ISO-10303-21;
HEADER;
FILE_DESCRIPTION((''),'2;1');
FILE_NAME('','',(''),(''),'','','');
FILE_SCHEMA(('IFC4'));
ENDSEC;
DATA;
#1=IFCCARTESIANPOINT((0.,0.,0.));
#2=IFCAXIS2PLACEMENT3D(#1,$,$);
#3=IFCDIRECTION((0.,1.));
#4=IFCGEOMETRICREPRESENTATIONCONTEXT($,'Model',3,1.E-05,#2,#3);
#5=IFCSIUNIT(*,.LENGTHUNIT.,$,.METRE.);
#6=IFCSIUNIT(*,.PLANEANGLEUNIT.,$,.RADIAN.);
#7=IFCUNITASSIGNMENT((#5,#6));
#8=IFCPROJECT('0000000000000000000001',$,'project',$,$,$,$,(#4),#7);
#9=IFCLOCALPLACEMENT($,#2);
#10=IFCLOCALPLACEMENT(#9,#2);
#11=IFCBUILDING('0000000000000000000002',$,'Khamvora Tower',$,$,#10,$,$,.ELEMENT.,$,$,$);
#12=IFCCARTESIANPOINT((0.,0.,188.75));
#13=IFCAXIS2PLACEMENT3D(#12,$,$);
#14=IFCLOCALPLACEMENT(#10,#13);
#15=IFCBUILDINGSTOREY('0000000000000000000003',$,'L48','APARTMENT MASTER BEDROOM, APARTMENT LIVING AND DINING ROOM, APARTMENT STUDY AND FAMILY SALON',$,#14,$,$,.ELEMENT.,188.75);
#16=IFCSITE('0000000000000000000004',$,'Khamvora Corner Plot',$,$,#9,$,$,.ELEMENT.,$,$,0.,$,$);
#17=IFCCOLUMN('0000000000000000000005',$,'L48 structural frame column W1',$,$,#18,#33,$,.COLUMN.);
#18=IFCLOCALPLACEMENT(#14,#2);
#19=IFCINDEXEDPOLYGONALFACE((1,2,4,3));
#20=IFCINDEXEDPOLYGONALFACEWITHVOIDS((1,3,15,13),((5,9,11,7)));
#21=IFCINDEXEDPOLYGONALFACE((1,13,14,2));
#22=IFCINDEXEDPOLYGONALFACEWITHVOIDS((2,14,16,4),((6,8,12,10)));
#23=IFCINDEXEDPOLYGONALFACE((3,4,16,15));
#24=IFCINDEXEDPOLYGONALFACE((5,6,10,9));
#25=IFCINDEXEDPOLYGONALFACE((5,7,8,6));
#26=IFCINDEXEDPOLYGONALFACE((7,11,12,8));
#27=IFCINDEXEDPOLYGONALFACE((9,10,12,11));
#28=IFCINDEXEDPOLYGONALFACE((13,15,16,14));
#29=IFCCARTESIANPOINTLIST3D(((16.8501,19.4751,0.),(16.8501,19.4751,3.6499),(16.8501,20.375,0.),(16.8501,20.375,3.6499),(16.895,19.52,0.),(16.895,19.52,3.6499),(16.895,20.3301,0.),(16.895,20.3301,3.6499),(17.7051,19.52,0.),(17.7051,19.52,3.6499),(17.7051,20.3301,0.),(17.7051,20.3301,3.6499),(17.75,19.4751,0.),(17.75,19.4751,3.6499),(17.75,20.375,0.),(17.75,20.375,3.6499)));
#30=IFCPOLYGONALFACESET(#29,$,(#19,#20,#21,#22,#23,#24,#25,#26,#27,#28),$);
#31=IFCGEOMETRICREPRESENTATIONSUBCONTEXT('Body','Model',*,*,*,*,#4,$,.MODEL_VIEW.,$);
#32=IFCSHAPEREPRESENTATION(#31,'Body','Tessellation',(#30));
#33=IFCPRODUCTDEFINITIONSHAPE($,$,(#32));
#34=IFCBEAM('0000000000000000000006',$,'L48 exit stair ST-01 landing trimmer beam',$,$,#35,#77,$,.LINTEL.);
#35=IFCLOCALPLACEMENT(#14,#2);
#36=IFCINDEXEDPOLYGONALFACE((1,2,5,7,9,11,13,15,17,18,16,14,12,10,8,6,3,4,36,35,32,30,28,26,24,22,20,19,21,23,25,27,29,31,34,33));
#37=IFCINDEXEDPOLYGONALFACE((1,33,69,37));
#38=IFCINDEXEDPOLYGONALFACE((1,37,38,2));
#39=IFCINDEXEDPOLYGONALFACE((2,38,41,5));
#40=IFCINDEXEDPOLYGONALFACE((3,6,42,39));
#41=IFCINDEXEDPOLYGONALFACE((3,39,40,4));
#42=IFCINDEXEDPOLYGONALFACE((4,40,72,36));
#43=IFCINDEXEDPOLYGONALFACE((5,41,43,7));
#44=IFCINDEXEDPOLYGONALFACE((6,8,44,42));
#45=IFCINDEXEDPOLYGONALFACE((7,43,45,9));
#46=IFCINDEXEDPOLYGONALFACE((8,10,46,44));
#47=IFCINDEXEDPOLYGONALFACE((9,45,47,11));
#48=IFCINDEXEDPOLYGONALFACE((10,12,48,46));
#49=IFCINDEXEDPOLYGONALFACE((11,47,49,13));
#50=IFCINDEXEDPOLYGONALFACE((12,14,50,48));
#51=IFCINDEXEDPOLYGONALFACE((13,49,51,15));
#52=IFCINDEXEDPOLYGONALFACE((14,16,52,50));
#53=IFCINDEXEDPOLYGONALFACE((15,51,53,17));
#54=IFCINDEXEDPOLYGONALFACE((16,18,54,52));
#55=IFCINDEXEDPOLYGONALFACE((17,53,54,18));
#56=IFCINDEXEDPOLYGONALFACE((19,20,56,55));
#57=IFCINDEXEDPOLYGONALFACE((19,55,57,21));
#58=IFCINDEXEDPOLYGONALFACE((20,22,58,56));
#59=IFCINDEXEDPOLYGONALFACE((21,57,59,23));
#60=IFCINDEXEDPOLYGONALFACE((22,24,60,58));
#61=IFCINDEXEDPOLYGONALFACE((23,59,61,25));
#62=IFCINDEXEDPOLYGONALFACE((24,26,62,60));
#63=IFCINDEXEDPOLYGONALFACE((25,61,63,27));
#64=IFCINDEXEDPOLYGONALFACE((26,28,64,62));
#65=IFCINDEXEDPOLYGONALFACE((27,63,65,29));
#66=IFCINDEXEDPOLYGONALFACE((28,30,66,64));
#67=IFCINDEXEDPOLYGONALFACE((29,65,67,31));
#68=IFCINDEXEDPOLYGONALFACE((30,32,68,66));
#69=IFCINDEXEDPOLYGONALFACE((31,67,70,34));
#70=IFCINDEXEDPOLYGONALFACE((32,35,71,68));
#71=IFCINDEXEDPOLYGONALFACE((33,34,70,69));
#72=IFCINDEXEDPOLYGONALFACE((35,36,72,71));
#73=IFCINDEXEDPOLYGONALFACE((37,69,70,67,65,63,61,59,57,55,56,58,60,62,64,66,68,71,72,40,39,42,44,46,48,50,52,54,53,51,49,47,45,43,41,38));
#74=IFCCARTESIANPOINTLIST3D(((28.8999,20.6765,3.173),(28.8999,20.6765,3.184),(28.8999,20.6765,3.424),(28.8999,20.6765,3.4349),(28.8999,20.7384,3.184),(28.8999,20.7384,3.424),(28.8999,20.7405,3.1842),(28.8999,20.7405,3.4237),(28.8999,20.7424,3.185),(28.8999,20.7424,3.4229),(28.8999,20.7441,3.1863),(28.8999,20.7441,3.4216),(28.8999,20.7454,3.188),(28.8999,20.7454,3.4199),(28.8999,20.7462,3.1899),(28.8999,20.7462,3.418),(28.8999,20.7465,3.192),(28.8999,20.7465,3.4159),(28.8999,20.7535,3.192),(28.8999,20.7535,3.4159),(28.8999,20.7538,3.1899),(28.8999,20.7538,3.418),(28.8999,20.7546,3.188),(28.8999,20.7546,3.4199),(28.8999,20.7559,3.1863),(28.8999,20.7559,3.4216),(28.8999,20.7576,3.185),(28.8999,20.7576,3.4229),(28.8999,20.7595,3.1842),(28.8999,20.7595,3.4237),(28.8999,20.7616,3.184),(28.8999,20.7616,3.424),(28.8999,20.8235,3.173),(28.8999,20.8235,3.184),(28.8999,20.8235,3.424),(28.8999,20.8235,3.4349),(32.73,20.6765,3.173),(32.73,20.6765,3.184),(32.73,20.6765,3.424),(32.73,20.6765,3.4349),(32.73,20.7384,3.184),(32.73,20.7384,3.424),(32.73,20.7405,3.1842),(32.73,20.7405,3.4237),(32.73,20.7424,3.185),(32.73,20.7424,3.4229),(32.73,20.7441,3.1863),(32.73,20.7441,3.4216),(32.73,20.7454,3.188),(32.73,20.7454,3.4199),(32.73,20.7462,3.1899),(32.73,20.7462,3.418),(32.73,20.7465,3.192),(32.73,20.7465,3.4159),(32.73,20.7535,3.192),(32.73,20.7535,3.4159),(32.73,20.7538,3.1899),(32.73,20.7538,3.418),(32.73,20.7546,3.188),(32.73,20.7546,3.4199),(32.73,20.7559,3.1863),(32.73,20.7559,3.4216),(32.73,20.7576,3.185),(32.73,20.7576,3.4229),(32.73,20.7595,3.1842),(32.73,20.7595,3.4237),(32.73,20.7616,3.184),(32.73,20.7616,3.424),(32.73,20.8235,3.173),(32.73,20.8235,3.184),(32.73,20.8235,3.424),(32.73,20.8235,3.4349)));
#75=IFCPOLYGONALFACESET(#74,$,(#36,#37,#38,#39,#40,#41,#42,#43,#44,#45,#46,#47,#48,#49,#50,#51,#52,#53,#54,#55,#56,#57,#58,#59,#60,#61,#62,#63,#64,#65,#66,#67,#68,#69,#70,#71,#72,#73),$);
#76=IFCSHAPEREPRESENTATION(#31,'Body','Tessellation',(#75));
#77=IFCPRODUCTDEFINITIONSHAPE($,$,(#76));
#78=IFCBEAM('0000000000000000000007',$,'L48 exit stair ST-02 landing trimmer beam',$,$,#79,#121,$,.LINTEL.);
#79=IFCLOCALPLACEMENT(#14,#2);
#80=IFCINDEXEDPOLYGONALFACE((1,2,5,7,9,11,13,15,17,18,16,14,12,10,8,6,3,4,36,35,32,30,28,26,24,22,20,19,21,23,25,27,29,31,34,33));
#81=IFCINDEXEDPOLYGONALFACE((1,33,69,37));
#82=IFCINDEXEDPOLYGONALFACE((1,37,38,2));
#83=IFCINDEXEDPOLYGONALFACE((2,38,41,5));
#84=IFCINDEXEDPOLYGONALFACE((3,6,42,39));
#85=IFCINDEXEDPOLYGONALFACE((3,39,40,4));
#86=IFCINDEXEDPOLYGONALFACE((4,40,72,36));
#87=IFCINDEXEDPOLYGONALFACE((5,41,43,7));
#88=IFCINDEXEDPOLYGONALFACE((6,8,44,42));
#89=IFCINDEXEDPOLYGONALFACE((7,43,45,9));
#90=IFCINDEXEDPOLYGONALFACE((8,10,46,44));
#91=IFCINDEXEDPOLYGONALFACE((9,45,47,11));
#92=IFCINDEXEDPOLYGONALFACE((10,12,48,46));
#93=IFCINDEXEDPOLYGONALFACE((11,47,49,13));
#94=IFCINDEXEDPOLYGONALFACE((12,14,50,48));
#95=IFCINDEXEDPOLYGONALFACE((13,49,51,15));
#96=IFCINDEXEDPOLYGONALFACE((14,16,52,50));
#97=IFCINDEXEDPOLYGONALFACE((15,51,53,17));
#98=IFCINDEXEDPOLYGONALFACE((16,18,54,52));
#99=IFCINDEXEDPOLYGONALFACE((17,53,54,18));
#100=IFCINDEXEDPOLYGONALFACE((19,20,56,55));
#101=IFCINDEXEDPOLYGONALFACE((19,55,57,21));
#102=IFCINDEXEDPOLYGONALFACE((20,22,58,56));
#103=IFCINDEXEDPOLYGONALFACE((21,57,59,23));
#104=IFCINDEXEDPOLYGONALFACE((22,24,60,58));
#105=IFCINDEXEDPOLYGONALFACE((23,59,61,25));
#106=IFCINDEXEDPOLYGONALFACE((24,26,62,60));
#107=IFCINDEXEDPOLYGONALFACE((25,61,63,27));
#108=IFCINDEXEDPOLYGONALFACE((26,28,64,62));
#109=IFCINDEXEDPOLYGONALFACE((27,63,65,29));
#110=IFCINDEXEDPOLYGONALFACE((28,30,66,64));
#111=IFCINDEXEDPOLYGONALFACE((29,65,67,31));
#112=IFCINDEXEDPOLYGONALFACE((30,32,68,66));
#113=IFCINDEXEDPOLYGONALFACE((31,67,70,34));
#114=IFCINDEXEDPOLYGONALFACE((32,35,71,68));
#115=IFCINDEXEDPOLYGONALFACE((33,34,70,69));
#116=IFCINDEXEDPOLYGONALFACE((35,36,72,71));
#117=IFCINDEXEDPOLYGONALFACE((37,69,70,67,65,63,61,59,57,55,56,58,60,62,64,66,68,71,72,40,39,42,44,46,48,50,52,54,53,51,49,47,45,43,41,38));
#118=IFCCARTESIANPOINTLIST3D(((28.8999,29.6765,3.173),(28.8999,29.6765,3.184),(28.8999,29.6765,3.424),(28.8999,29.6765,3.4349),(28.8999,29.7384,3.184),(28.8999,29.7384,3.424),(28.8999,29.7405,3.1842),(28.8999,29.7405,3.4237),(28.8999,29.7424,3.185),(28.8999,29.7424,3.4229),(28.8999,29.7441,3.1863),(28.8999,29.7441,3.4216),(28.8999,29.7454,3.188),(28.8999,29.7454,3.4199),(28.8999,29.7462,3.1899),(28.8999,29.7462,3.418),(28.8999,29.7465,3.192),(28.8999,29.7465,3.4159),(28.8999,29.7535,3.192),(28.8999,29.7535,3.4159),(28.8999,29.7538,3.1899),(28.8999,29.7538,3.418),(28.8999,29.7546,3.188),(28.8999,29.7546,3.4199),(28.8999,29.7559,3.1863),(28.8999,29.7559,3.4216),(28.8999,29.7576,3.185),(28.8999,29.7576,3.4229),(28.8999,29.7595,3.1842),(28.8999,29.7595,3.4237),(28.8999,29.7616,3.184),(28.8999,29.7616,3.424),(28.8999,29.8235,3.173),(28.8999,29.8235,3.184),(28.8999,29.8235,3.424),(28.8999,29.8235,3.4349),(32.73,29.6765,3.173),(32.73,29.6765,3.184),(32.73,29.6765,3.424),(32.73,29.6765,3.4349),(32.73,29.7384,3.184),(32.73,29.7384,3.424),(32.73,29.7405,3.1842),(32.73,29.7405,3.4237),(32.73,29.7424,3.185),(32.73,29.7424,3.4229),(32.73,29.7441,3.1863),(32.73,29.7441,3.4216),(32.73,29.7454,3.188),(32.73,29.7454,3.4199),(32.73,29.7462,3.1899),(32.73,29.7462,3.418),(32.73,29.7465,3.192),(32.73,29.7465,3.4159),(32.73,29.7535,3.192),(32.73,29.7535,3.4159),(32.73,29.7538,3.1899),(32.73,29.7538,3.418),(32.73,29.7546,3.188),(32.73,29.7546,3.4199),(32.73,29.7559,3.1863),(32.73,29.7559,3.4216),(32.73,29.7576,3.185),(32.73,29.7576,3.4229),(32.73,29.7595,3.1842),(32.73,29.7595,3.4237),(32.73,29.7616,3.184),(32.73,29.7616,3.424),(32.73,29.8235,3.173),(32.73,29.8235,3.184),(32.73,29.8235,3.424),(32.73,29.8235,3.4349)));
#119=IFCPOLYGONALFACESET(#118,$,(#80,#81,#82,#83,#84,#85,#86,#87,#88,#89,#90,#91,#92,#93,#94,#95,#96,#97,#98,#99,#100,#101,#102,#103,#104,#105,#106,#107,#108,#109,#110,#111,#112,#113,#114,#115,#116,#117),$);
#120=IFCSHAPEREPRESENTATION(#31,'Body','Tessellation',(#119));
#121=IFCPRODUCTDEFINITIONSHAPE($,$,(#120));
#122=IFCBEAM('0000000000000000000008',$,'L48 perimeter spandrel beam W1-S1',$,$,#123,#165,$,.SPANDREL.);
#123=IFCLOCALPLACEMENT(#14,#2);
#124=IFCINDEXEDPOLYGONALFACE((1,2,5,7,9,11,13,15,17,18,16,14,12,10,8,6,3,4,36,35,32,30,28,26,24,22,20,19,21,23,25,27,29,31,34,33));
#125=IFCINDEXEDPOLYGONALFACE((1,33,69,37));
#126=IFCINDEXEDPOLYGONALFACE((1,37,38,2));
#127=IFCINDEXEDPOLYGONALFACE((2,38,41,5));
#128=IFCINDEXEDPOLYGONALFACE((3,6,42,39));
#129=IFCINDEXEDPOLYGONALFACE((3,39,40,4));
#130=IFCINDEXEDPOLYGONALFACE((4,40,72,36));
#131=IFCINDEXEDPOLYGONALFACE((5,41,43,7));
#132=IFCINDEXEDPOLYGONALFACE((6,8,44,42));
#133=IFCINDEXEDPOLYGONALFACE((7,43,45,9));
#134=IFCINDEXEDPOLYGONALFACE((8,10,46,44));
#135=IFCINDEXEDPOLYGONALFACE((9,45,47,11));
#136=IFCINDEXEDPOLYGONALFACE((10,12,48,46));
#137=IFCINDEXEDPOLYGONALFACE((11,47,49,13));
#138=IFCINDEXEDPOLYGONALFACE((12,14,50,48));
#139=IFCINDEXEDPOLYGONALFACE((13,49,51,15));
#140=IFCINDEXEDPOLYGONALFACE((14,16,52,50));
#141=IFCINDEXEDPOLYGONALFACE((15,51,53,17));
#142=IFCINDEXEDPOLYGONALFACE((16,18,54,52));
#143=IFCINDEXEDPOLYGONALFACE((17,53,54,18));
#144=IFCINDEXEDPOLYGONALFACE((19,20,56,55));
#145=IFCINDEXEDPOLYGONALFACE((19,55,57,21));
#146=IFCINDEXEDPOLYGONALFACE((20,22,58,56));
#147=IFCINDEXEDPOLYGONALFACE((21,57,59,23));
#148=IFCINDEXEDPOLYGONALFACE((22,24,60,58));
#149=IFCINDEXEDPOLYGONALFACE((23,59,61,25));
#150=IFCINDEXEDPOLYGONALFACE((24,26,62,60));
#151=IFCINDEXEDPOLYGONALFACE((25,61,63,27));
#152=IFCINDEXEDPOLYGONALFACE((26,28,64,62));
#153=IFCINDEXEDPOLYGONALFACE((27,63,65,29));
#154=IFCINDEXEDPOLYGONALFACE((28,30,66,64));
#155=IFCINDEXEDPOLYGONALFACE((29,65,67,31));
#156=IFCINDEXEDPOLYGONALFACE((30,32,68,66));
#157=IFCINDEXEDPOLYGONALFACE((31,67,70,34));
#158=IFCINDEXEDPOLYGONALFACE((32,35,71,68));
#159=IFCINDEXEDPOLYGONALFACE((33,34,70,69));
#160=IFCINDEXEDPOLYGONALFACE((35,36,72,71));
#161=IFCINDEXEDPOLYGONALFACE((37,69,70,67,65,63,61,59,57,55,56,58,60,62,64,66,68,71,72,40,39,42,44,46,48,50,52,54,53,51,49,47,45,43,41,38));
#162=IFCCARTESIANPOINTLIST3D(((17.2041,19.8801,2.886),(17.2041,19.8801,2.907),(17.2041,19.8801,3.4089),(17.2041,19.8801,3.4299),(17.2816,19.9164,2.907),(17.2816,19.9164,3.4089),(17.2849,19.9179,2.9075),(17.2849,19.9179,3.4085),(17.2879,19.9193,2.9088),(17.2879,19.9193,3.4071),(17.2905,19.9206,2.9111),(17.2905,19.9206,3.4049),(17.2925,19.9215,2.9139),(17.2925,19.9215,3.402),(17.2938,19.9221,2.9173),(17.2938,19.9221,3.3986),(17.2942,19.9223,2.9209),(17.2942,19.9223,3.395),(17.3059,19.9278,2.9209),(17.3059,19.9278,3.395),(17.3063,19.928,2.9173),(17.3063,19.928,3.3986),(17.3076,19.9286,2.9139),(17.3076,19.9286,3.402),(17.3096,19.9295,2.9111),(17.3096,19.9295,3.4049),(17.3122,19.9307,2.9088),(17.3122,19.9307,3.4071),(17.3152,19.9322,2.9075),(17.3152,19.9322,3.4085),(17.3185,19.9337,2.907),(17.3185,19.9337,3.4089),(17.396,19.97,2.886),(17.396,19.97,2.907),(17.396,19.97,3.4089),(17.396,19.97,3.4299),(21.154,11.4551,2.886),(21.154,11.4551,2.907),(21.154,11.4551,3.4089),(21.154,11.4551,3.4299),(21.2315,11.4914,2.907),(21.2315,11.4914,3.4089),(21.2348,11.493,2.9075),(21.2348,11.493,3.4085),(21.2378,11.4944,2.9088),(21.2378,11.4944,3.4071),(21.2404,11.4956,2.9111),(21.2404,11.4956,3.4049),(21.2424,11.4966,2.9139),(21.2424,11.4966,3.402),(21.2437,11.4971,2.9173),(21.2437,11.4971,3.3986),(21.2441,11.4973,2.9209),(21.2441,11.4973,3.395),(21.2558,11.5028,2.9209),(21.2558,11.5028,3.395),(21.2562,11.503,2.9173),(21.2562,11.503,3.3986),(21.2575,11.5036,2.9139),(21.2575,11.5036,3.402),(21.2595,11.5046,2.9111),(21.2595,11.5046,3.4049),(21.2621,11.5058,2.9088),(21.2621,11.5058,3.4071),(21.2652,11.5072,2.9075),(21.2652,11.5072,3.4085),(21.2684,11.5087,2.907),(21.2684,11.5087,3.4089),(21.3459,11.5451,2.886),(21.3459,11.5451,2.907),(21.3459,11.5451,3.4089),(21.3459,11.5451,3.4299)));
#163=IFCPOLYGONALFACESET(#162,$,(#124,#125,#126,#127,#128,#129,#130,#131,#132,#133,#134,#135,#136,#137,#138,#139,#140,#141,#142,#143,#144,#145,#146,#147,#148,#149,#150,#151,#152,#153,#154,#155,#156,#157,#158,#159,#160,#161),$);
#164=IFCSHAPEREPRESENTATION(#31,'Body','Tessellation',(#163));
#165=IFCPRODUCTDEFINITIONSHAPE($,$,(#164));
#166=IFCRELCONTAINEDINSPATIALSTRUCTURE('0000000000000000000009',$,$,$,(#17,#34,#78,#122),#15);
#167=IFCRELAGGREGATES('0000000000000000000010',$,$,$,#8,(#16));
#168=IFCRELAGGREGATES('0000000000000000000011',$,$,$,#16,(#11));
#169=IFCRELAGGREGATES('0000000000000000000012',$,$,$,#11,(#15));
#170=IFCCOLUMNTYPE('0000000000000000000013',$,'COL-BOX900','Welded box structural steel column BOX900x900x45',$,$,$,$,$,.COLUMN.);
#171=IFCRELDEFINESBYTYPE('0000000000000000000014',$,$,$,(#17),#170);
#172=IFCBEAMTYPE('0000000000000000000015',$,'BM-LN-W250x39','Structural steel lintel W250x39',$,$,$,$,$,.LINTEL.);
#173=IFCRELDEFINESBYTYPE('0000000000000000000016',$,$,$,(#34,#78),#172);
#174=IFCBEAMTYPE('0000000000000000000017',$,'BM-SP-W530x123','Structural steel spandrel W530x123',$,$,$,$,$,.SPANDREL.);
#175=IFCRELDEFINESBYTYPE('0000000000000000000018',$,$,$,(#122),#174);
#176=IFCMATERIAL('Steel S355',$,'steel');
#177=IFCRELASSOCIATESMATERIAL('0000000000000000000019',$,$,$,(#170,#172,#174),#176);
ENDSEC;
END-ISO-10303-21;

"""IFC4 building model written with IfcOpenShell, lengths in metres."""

from ifc_helpers import new_model, si_unit, direction, frame, origin, origin_2d, place, context, subcontext, project, spatial, hollow_rectangle, i_section, extrude, material, material_profile, profile_set, type_object, element, save


model = new_model("IFC4")

# Units and contexts
model_context = context("Model", 3, precision=1e-05, world=origin(), true_north=direction((0.0, 1.0)))
body_context = subcontext(model_context, "Body", "Model", "MODEL_VIEW")
ifc_project = project(units=[si_unit("LENGTHUNIT", "METRE"), si_unit("PLANEANGLEUNIT", "RADIAN")], contexts=[model_context])

# Site, building, storey
site_placement = place(None, origin())
site = spatial("IfcSite", under=ifc_project, at=site_placement, Name="Khamvora Corner Plot", CompositionType="ELEMENT", RefElevation=0.0)
building_placement = place(site_placement, origin())
building = spatial("IfcBuilding", under=site, at=building_placement, Name="Khamvora Tower", CompositionType="ELEMENT")
storey_placement = place(building_placement, frame((0.0, 0.0, 188.75)))
storey = spatial("IfcBuildingStorey", under=building, at=storey_placement, Name="L48", Description="APARTMENT MASTER BEDROOM, APARTMENT LIVING AND DINING ROOM, APARTMENT STUDY AND FAMILY SALON", CompositionType="ELEMENT", Elevation=188.75)

# Column
ifc_material_1 = material(Name="Steel S355", Category="steel")
ifc_material_profile_1 = material_profile(ifc_material_1, hollow_rectangle(XDim=0.8999, YDim=0.8999, WallThickness=0.0449, at=origin_2d()), Name="BOX900x900x45")
ifc_profile_set_1 = profile_set([ifc_material_profile_1], Name="Steel S355")
column_type = type_object("IfcColumnType", Name="COL-BOX900", Description="Welded box structural steel column BOX900x900x45", PredefinedType="COLUMN", material=ifc_profile_set_1)
column_placement = place(storey_placement, frame((17.3, 19.925, 0.0), z_axis=(0.0, 0.0, 1.0), x_axis=(1.0, 0.0, 0.0)))
element("IfcColumn", 1, at=column_placement, inside=storey, type_object=column_type, Name="L48 structural frame column W1", PredefinedType="COLUMN", context=body_context, shape_type="SweptSolid", body=[
    extrude(hollow_rectangle(XDim=0.8999, YDim=0.8999, WallThickness=0.0449, at=origin_2d()), origin(), (0.0, 0.0, 1.0), 3.6499),
])

# Beams
ifc_material_profile_2 = material_profile(ifc_material_1, i_section(OverallWidth=0.147, OverallDepth=0.262, WebThickness=0.0071, FlangeThickness=0.011, FilletRadius=0.0081, at=origin_2d()), Name="W250x39")
ifc_profile_set_2 = profile_set([ifc_material_profile_2], Name="Steel S355")
beam_type_1 = type_object("IfcBeamType", Name="BM-LN-W250x39", Description="Structural steel lintel W250x39", PredefinedType="LINTEL", material=ifc_profile_set_2)
for number, where, z_axis, x_axis, name in (
    (2, (28.8999, 20.75, 3.304), (1.0, 0.0, 0.0), (0.0, 1.0, 0.0), "L48 exit stair ST-01 landing trimmer beam"),
    (3, (28.8999, 29.75, 3.304), (1.0, 0.0, 0.0), (0.0, 1.0, 0.0), "L48 exit stair ST-02 landing trimmer beam"),
):
    element("IfcBeam", number, at=place(storey_placement, frame(where, z_axis=z_axis, x_axis=x_axis)), inside=storey, type_object=beam_type_1, Name=name, PredefinedType="LINTEL", context=body_context, shape_type="SweptSolid", body=[
        extrude(i_section(OverallWidth=0.147, OverallDepth=0.262, WebThickness=0.0071, FlangeThickness=0.011, FilletRadius=0.0081, at=origin_2d()), origin(), (0.0, 0.0, 1.0), 3.8301),
    ])
ifc_material_profile_3 = material_profile(ifc_material_1, i_section(OverallWidth=0.2119, OverallDepth=0.5439, WebThickness=0.0129, FlangeThickness=0.021, FilletRadius=0.0139, at=origin_2d()), Name="W530x123")
ifc_profile_set_3 = profile_set([ifc_material_profile_3], Name="Steel S355")
beam_type_2 = type_object("IfcBeamType", Name="BM-SP-W530x123", Description="Structural steel spandrel W530x123", PredefinedType="SPANDREL", material=ifc_profile_set_3)
beam_1_placement = place(storey_placement, frame((17.3, 19.925, 3.158), z_axis=(0.424496, -0.90543, 0.0), x_axis=(0.90543, 0.424496, 0.0)))
element("IfcBeam", 4, at=beam_1_placement, inside=storey, type_object=beam_type_2, Name="L48 perimeter spandrel beam W1-S1", PredefinedType="SPANDREL", context=body_context, shape_type="SweptSolid", body=[
    extrude(i_section(OverallWidth=0.2119, OverallDepth=0.5439, WebThickness=0.0129, FlangeThickness=0.021, FilletRadius=0.0139, at=origin_2d()), origin(), (0.0, 0.0, 1.0), 9.3049),
])

save(model, "model.ifc")
